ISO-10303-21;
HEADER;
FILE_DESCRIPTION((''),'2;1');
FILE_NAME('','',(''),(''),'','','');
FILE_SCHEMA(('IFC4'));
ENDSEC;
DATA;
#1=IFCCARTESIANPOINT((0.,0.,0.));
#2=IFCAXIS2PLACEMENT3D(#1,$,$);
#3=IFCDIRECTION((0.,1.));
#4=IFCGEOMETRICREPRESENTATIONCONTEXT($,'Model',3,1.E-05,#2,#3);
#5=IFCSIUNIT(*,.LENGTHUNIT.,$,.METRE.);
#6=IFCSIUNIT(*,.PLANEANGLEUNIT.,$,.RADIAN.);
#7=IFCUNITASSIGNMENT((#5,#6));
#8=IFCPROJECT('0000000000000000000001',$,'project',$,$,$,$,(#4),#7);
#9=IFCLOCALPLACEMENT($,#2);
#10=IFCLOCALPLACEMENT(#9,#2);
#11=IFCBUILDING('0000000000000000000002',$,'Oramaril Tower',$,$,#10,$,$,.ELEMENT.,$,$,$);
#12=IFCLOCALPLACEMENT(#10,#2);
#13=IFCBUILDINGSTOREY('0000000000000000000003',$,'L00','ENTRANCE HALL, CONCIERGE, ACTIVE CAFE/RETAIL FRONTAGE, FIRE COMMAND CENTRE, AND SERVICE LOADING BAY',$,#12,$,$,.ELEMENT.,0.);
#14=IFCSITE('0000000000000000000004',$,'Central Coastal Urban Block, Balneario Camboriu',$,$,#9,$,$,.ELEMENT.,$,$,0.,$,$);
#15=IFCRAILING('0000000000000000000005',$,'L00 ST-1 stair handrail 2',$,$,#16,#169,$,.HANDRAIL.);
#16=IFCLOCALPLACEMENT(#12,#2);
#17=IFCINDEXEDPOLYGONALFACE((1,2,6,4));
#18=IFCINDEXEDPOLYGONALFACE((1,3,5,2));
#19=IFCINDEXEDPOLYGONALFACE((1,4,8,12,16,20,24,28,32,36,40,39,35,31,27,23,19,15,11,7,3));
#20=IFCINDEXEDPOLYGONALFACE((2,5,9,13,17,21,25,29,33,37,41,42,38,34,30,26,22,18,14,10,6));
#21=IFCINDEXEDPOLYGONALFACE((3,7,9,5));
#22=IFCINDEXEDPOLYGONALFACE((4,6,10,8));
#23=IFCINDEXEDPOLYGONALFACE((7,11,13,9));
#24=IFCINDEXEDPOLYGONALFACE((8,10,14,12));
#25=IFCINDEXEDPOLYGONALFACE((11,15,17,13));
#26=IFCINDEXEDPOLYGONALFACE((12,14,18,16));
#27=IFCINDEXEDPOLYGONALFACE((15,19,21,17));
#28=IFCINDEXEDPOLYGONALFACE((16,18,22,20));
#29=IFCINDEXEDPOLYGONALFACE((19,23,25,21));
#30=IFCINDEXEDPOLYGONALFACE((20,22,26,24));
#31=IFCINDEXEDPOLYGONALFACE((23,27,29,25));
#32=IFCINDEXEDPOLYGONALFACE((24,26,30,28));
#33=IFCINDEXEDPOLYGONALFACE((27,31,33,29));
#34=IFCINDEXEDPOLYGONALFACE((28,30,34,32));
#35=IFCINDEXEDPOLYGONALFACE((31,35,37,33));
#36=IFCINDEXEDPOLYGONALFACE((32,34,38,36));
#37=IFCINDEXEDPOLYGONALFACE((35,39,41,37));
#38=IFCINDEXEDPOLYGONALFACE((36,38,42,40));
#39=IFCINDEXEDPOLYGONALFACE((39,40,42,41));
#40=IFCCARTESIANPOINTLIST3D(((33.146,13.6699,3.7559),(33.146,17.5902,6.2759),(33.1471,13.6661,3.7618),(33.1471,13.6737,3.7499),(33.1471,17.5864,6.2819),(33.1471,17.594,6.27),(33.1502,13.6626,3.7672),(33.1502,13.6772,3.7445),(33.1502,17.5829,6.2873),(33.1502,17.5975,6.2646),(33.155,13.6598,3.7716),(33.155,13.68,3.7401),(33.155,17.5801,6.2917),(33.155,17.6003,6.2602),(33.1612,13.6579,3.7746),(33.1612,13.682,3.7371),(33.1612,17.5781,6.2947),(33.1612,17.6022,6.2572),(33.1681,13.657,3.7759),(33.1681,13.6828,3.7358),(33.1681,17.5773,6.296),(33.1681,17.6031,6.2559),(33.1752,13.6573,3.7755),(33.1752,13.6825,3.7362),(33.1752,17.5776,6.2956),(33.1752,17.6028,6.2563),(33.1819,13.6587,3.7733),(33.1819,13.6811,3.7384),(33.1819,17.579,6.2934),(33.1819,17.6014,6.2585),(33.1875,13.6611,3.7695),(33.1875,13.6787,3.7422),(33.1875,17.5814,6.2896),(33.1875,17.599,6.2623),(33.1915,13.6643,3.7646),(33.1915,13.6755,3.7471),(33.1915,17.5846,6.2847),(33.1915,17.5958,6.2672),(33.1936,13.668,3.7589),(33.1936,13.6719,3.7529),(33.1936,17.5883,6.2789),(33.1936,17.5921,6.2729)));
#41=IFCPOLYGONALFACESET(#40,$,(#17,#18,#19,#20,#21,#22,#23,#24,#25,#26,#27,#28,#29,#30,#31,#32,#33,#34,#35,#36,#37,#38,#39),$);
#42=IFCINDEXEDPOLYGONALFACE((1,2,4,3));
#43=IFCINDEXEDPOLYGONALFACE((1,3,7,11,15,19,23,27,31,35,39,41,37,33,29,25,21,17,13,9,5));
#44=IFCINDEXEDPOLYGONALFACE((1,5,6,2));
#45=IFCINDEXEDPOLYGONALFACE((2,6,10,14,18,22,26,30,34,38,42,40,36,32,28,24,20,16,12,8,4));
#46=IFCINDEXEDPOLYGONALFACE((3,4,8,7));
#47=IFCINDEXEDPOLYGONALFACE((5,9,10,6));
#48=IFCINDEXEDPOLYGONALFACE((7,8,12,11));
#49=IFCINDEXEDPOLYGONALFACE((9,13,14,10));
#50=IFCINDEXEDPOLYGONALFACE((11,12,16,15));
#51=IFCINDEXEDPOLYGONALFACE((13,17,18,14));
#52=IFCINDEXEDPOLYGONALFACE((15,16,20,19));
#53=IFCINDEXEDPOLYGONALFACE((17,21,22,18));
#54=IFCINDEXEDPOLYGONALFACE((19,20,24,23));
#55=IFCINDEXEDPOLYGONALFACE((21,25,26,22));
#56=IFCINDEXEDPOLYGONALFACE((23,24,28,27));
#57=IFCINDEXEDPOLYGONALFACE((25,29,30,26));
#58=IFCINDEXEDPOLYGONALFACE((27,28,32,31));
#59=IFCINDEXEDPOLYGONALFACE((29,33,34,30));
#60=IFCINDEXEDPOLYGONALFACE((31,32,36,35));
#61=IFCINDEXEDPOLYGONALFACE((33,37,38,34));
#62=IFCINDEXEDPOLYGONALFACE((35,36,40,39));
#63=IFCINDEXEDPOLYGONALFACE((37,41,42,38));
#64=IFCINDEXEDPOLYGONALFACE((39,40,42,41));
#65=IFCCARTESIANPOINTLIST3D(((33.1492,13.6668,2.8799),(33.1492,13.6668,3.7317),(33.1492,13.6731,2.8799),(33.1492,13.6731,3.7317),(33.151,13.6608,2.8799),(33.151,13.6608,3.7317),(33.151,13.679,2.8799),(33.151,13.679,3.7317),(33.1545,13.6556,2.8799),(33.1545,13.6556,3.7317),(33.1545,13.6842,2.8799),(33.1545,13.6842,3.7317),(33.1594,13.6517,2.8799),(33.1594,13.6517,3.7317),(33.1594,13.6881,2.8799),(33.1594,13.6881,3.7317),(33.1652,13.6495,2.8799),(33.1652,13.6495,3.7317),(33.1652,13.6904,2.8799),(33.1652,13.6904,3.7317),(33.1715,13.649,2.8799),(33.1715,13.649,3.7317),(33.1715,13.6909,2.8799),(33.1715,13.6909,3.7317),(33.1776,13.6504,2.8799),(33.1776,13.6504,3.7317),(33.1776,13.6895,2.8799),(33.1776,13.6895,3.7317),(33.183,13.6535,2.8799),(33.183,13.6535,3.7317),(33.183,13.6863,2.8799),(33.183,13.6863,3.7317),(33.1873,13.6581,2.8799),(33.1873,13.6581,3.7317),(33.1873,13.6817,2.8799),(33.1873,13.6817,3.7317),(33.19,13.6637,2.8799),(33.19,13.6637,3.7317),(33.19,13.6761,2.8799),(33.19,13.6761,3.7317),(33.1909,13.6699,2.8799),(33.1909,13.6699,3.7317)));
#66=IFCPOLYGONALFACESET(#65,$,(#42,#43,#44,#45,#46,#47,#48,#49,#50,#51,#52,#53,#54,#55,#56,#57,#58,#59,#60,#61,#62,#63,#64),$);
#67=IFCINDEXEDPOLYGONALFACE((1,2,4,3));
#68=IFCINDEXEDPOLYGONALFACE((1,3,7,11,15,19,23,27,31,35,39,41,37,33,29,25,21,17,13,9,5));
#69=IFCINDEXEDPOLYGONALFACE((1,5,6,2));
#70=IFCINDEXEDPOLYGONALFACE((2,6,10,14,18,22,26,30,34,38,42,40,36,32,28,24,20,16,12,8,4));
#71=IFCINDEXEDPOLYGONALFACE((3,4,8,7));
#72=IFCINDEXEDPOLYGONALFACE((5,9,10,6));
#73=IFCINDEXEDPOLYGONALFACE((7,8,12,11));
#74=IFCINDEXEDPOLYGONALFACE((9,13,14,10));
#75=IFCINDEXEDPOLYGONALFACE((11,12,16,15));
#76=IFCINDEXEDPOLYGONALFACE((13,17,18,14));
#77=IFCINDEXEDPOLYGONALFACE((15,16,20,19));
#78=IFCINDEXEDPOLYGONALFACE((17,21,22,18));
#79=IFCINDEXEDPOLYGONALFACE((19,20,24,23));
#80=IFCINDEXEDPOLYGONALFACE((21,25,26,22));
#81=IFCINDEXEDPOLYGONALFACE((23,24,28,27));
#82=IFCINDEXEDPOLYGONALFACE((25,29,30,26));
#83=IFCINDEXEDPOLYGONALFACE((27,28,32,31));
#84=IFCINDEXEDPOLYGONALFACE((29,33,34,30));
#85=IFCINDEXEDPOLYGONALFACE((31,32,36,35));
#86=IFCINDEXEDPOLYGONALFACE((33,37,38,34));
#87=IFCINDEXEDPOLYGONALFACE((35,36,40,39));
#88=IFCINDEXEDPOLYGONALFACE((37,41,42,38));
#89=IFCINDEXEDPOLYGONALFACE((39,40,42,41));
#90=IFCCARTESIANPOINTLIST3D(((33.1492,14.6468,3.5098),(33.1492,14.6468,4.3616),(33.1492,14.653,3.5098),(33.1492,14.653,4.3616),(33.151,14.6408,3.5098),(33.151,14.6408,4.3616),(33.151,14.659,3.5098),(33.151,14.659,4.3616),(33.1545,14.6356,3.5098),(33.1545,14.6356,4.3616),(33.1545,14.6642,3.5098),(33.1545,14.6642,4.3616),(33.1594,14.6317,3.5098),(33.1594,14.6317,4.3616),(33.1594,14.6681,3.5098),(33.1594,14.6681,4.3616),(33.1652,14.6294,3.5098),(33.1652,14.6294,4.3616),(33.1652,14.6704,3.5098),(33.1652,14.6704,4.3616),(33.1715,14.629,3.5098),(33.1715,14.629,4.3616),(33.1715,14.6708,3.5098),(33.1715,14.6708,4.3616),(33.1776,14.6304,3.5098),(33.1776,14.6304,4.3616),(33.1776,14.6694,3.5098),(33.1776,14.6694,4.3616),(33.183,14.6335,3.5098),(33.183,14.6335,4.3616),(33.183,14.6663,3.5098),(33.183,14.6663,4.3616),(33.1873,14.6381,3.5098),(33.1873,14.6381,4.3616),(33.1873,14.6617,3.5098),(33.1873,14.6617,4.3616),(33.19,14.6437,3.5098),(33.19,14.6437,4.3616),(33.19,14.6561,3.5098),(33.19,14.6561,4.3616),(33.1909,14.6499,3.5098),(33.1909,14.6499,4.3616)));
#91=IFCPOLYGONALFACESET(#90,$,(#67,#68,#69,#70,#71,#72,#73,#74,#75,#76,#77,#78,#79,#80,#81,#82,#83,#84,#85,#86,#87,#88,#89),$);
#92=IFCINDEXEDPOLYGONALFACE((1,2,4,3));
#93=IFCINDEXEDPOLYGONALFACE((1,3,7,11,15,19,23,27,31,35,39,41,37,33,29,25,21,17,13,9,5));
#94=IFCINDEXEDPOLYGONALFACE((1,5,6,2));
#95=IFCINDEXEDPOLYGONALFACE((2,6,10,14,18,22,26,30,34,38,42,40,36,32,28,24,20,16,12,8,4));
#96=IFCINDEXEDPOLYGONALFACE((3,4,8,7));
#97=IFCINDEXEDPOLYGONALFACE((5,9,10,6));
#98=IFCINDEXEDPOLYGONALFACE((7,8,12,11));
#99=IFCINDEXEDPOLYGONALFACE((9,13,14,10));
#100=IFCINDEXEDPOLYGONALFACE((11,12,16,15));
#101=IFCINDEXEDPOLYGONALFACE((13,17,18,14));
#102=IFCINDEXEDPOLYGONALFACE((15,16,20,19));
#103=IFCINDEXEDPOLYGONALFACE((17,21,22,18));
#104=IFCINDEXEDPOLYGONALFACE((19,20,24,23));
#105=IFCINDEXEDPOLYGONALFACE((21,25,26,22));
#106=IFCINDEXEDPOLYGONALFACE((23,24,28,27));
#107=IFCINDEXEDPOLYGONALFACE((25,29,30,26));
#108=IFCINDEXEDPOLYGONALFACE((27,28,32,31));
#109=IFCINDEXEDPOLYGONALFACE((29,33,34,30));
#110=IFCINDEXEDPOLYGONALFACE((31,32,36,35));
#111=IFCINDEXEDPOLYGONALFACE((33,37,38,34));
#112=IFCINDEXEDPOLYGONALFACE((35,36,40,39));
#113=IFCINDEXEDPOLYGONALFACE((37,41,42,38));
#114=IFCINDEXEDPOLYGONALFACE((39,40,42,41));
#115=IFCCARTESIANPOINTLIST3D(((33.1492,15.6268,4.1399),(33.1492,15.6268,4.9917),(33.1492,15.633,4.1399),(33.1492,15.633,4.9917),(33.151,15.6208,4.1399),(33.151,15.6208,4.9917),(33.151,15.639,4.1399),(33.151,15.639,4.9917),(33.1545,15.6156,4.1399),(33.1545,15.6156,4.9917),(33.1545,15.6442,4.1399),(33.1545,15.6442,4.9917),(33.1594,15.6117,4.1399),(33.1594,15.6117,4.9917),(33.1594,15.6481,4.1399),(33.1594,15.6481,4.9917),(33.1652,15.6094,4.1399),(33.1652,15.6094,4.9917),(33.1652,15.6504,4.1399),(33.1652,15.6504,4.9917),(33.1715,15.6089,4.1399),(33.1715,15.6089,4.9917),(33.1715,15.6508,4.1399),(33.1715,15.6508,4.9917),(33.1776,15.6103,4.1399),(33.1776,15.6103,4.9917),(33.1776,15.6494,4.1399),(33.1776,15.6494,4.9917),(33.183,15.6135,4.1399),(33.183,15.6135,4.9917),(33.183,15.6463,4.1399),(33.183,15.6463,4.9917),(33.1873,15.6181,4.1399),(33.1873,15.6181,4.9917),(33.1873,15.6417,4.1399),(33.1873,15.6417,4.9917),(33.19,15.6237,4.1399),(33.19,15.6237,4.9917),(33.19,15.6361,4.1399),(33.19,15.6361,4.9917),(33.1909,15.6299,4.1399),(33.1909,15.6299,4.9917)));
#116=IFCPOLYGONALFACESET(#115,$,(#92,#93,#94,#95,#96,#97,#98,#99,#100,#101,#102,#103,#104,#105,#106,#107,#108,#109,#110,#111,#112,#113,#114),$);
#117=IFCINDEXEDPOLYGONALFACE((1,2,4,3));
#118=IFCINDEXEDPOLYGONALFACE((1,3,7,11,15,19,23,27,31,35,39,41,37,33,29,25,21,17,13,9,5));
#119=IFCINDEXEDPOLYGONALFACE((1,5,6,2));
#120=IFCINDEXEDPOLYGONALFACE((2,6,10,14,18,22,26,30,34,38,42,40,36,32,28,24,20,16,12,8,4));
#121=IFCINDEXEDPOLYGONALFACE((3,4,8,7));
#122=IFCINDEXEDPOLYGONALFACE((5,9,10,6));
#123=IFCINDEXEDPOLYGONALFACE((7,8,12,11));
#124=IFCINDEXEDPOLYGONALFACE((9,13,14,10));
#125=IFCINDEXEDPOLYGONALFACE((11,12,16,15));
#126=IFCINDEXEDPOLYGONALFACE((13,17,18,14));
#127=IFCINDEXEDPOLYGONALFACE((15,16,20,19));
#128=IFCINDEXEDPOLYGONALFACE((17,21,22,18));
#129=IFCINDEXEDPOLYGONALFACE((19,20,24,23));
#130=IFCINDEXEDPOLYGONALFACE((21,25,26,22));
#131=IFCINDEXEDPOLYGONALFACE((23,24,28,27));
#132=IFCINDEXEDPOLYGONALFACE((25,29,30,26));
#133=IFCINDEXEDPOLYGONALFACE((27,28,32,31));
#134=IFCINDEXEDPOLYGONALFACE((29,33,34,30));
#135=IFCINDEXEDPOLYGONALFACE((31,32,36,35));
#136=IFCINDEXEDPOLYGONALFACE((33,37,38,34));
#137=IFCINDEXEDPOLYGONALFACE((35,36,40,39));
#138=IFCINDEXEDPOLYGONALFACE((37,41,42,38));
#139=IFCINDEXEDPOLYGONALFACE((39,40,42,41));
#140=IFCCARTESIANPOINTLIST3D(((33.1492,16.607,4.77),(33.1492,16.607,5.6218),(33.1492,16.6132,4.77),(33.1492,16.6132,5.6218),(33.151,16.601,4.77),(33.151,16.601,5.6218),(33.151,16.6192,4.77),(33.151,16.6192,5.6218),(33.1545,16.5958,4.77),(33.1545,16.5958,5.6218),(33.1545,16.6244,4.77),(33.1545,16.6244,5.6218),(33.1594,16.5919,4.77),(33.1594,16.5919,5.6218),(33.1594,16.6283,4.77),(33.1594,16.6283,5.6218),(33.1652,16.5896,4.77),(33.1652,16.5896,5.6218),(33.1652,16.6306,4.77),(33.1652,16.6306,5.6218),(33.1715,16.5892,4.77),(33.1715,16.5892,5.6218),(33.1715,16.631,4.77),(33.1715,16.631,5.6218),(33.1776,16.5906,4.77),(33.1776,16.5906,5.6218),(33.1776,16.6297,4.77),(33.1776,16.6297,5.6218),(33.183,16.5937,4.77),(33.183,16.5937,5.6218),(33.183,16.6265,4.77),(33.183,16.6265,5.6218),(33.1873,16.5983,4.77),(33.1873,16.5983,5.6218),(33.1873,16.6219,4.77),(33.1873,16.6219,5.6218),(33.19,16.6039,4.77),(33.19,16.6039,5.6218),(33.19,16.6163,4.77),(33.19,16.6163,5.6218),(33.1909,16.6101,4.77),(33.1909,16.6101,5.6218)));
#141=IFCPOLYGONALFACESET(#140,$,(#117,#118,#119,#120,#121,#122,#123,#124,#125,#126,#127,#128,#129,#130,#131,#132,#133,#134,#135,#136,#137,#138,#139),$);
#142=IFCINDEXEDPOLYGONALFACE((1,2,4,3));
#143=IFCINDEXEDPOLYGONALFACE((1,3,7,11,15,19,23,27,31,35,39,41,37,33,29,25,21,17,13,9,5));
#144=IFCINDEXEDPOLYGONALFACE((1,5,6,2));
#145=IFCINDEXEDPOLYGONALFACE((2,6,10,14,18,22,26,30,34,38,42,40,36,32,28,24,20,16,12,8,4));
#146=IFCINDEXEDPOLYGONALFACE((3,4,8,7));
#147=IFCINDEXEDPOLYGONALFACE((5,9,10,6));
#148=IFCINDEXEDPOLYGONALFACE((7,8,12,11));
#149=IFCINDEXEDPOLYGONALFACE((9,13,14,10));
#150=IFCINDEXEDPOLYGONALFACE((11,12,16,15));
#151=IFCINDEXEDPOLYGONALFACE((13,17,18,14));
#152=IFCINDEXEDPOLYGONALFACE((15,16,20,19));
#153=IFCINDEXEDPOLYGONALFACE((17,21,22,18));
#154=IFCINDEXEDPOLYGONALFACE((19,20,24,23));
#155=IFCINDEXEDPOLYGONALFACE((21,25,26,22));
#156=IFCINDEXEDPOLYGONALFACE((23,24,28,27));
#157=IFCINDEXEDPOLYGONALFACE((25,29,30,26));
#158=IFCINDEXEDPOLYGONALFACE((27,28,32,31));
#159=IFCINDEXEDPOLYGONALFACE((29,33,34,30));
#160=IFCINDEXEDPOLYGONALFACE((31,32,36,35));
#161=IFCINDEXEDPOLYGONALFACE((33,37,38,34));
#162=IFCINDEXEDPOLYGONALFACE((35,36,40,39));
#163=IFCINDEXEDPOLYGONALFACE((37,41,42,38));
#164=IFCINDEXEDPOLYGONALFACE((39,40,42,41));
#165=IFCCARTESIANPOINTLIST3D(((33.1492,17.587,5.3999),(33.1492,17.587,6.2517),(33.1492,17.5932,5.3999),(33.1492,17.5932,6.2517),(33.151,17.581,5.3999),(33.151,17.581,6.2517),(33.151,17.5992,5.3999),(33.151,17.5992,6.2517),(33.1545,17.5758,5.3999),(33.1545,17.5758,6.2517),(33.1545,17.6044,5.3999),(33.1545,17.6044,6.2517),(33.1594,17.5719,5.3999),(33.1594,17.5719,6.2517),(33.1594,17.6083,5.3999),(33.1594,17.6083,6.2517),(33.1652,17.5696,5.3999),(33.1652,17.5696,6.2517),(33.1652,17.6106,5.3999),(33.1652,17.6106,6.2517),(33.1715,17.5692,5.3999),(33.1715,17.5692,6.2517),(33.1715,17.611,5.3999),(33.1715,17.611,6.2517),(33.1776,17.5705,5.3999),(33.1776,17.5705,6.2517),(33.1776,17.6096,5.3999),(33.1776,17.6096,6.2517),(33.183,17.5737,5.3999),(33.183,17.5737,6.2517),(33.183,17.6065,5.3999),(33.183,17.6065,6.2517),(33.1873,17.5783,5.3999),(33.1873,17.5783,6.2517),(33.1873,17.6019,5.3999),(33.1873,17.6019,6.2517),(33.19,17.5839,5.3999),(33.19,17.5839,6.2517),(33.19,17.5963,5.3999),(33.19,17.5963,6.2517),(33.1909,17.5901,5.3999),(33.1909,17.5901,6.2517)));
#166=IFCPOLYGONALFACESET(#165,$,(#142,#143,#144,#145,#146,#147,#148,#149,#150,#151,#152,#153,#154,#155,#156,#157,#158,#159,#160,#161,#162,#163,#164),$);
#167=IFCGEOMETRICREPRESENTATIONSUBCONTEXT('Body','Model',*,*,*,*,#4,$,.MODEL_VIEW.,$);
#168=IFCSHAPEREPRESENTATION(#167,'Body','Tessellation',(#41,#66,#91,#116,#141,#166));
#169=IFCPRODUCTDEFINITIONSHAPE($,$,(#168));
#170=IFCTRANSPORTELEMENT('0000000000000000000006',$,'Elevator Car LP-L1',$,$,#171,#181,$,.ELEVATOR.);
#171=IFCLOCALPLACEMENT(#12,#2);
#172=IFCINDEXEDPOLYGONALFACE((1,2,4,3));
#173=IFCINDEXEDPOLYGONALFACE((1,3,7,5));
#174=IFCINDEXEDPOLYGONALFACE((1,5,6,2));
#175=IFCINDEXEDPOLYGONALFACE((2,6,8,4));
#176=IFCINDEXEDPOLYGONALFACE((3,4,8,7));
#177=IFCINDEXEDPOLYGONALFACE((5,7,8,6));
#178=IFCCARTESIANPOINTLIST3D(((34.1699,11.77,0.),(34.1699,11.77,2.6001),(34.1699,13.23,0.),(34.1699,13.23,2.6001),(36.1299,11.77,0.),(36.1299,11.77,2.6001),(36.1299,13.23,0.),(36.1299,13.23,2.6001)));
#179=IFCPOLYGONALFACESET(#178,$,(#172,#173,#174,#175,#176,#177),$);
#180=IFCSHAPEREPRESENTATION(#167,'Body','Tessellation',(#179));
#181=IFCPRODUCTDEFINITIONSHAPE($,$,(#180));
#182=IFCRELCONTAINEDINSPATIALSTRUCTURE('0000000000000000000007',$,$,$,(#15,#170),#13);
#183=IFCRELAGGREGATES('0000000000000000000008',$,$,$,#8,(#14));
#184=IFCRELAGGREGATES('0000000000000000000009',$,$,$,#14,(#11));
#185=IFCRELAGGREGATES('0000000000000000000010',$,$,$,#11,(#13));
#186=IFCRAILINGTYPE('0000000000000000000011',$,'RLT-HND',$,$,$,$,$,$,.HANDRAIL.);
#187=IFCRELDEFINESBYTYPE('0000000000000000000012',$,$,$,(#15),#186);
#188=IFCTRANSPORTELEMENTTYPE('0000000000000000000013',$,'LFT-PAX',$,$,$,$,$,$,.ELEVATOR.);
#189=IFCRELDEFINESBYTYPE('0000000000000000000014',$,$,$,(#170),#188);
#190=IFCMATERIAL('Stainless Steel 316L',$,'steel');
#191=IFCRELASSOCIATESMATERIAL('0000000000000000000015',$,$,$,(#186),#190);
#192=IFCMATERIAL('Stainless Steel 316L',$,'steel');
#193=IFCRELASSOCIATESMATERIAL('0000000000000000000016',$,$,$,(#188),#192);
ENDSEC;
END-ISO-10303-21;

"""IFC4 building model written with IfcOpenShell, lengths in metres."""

from ifc_helpers import new_model, si_unit, direction, frame, origin, origin_2d, place, context, subcontext, project, spatial, rectangle, circle, extrude, material, type_object, element, save


model = new_model("IFC4")

# Units and contexts
model_context = context("Model", 3, precision=1e-05, world=origin(), true_north=direction((0.0, 1.0)))
body_context = subcontext(model_context, "Body", "Model", "MODEL_VIEW")
ifc_project = project(units=[si_unit("LENGTHUNIT", "METRE"), si_unit("PLANEANGLEUNIT", "RADIAN")], contexts=[model_context])

# Site, building, storey
site_placement = place(None, origin())
site = spatial("IfcSite", under=ifc_project, at=site_placement, Name="Central Coastal Urban Block, Balneario Camboriu", CompositionType="ELEMENT", RefElevation=0.0)
building_placement = place(site_placement, origin())
building = spatial("IfcBuilding", under=site, at=building_placement, Name="Oramaril Tower", CompositionType="ELEMENT")
storey_placement = place(building_placement, origin())
storey = spatial("IfcBuildingStorey", under=building, at=storey_placement, Name="L00", Description="ENTRANCE HALL, CONCIERGE, ACTIVE CAFE/RETAIL FRONTAGE, FIRE COMMAND CENTRE, AND SERVICE LOADING BAY", CompositionType="ELEMENT", Elevation=0.0)

# Railing
ifc_material_1 = material(Name="Stainless Steel 316L", Category="steel")
railing_type_1 = type_object("IfcRailingType", Name="RLT-HND", PredefinedType="HANDRAIL", material=ifc_material_1)
railing_1_placement = place(storey_placement, frame((33.1699, 13.6699, 2.8799)))
element("IfcRailing", 1, at=railing_1_placement, inside=storey, type_object=railing_type_1, Name="L00 ST-1 stair handrail 2", PredefinedType="HANDRAIL", context=body_context, shape_type="SweptSolid", body=[
    extrude(circle(Radius=0.0239, at=origin_2d()), frame((0.0, 0.0, 0.876), z_axis=(0.0, 0.841187, 0.540744), x_axis=(-1.0, 0.0, 0.0)), (0.0, 0.0, 1.0), 4.6604),
    extrude(circle(Radius=0.021, at=origin_2d()), origin(), (0.0, 0.0, 1.0), 0.8518),
    extrude(circle(Radius=0.021, at=origin_2d()), frame((0.0, 0.98, 0.6299)), (0.0, 0.0, 1.0), 0.8518),
    extrude(circle(Radius=0.021, at=origin_2d()), frame((0.0, 1.96, 1.26)), (0.0, 0.0, 1.0), 0.8518),
    extrude(circle(Radius=0.021, at=origin_2d()), frame((0.0, 2.9402, 1.8901)), (0.0, 0.0, 1.0), 0.8518),
    extrude(circle(Radius=0.021, at=origin_2d()), frame((0.0, 3.9202, 2.52)), (0.0, 0.0, 1.0), 0.8518),
])

# Transport element
ifc_material_2 = material(Name="Stainless Steel 316L", Category="steel")
transport_element_type = type_object("IfcTransportElementType", Name="LFT-PAX", PredefinedType="ELEVATOR", material=ifc_material_2)
transport_element_placement = place(storey_placement, frame((35.1499, 12.5, 0.0), z_axis=(0.0, 0.0, 1.0), x_axis=(1.0, 0.0, 0.0)))
element("IfcTransportElement", 2, at=transport_element_placement, inside=storey, type_object=transport_element_type, Name="Elevator Car LP-L1", PredefinedType="ELEVATOR", context=body_context, shape_type="SweptSolid", body=[
    extrude(rectangle(XDim=1.96, YDim=1.46, at=origin_2d()), origin(), (0.0, 0.0, 1.0), 2.6001),
])

save(model, "model.ifc")
